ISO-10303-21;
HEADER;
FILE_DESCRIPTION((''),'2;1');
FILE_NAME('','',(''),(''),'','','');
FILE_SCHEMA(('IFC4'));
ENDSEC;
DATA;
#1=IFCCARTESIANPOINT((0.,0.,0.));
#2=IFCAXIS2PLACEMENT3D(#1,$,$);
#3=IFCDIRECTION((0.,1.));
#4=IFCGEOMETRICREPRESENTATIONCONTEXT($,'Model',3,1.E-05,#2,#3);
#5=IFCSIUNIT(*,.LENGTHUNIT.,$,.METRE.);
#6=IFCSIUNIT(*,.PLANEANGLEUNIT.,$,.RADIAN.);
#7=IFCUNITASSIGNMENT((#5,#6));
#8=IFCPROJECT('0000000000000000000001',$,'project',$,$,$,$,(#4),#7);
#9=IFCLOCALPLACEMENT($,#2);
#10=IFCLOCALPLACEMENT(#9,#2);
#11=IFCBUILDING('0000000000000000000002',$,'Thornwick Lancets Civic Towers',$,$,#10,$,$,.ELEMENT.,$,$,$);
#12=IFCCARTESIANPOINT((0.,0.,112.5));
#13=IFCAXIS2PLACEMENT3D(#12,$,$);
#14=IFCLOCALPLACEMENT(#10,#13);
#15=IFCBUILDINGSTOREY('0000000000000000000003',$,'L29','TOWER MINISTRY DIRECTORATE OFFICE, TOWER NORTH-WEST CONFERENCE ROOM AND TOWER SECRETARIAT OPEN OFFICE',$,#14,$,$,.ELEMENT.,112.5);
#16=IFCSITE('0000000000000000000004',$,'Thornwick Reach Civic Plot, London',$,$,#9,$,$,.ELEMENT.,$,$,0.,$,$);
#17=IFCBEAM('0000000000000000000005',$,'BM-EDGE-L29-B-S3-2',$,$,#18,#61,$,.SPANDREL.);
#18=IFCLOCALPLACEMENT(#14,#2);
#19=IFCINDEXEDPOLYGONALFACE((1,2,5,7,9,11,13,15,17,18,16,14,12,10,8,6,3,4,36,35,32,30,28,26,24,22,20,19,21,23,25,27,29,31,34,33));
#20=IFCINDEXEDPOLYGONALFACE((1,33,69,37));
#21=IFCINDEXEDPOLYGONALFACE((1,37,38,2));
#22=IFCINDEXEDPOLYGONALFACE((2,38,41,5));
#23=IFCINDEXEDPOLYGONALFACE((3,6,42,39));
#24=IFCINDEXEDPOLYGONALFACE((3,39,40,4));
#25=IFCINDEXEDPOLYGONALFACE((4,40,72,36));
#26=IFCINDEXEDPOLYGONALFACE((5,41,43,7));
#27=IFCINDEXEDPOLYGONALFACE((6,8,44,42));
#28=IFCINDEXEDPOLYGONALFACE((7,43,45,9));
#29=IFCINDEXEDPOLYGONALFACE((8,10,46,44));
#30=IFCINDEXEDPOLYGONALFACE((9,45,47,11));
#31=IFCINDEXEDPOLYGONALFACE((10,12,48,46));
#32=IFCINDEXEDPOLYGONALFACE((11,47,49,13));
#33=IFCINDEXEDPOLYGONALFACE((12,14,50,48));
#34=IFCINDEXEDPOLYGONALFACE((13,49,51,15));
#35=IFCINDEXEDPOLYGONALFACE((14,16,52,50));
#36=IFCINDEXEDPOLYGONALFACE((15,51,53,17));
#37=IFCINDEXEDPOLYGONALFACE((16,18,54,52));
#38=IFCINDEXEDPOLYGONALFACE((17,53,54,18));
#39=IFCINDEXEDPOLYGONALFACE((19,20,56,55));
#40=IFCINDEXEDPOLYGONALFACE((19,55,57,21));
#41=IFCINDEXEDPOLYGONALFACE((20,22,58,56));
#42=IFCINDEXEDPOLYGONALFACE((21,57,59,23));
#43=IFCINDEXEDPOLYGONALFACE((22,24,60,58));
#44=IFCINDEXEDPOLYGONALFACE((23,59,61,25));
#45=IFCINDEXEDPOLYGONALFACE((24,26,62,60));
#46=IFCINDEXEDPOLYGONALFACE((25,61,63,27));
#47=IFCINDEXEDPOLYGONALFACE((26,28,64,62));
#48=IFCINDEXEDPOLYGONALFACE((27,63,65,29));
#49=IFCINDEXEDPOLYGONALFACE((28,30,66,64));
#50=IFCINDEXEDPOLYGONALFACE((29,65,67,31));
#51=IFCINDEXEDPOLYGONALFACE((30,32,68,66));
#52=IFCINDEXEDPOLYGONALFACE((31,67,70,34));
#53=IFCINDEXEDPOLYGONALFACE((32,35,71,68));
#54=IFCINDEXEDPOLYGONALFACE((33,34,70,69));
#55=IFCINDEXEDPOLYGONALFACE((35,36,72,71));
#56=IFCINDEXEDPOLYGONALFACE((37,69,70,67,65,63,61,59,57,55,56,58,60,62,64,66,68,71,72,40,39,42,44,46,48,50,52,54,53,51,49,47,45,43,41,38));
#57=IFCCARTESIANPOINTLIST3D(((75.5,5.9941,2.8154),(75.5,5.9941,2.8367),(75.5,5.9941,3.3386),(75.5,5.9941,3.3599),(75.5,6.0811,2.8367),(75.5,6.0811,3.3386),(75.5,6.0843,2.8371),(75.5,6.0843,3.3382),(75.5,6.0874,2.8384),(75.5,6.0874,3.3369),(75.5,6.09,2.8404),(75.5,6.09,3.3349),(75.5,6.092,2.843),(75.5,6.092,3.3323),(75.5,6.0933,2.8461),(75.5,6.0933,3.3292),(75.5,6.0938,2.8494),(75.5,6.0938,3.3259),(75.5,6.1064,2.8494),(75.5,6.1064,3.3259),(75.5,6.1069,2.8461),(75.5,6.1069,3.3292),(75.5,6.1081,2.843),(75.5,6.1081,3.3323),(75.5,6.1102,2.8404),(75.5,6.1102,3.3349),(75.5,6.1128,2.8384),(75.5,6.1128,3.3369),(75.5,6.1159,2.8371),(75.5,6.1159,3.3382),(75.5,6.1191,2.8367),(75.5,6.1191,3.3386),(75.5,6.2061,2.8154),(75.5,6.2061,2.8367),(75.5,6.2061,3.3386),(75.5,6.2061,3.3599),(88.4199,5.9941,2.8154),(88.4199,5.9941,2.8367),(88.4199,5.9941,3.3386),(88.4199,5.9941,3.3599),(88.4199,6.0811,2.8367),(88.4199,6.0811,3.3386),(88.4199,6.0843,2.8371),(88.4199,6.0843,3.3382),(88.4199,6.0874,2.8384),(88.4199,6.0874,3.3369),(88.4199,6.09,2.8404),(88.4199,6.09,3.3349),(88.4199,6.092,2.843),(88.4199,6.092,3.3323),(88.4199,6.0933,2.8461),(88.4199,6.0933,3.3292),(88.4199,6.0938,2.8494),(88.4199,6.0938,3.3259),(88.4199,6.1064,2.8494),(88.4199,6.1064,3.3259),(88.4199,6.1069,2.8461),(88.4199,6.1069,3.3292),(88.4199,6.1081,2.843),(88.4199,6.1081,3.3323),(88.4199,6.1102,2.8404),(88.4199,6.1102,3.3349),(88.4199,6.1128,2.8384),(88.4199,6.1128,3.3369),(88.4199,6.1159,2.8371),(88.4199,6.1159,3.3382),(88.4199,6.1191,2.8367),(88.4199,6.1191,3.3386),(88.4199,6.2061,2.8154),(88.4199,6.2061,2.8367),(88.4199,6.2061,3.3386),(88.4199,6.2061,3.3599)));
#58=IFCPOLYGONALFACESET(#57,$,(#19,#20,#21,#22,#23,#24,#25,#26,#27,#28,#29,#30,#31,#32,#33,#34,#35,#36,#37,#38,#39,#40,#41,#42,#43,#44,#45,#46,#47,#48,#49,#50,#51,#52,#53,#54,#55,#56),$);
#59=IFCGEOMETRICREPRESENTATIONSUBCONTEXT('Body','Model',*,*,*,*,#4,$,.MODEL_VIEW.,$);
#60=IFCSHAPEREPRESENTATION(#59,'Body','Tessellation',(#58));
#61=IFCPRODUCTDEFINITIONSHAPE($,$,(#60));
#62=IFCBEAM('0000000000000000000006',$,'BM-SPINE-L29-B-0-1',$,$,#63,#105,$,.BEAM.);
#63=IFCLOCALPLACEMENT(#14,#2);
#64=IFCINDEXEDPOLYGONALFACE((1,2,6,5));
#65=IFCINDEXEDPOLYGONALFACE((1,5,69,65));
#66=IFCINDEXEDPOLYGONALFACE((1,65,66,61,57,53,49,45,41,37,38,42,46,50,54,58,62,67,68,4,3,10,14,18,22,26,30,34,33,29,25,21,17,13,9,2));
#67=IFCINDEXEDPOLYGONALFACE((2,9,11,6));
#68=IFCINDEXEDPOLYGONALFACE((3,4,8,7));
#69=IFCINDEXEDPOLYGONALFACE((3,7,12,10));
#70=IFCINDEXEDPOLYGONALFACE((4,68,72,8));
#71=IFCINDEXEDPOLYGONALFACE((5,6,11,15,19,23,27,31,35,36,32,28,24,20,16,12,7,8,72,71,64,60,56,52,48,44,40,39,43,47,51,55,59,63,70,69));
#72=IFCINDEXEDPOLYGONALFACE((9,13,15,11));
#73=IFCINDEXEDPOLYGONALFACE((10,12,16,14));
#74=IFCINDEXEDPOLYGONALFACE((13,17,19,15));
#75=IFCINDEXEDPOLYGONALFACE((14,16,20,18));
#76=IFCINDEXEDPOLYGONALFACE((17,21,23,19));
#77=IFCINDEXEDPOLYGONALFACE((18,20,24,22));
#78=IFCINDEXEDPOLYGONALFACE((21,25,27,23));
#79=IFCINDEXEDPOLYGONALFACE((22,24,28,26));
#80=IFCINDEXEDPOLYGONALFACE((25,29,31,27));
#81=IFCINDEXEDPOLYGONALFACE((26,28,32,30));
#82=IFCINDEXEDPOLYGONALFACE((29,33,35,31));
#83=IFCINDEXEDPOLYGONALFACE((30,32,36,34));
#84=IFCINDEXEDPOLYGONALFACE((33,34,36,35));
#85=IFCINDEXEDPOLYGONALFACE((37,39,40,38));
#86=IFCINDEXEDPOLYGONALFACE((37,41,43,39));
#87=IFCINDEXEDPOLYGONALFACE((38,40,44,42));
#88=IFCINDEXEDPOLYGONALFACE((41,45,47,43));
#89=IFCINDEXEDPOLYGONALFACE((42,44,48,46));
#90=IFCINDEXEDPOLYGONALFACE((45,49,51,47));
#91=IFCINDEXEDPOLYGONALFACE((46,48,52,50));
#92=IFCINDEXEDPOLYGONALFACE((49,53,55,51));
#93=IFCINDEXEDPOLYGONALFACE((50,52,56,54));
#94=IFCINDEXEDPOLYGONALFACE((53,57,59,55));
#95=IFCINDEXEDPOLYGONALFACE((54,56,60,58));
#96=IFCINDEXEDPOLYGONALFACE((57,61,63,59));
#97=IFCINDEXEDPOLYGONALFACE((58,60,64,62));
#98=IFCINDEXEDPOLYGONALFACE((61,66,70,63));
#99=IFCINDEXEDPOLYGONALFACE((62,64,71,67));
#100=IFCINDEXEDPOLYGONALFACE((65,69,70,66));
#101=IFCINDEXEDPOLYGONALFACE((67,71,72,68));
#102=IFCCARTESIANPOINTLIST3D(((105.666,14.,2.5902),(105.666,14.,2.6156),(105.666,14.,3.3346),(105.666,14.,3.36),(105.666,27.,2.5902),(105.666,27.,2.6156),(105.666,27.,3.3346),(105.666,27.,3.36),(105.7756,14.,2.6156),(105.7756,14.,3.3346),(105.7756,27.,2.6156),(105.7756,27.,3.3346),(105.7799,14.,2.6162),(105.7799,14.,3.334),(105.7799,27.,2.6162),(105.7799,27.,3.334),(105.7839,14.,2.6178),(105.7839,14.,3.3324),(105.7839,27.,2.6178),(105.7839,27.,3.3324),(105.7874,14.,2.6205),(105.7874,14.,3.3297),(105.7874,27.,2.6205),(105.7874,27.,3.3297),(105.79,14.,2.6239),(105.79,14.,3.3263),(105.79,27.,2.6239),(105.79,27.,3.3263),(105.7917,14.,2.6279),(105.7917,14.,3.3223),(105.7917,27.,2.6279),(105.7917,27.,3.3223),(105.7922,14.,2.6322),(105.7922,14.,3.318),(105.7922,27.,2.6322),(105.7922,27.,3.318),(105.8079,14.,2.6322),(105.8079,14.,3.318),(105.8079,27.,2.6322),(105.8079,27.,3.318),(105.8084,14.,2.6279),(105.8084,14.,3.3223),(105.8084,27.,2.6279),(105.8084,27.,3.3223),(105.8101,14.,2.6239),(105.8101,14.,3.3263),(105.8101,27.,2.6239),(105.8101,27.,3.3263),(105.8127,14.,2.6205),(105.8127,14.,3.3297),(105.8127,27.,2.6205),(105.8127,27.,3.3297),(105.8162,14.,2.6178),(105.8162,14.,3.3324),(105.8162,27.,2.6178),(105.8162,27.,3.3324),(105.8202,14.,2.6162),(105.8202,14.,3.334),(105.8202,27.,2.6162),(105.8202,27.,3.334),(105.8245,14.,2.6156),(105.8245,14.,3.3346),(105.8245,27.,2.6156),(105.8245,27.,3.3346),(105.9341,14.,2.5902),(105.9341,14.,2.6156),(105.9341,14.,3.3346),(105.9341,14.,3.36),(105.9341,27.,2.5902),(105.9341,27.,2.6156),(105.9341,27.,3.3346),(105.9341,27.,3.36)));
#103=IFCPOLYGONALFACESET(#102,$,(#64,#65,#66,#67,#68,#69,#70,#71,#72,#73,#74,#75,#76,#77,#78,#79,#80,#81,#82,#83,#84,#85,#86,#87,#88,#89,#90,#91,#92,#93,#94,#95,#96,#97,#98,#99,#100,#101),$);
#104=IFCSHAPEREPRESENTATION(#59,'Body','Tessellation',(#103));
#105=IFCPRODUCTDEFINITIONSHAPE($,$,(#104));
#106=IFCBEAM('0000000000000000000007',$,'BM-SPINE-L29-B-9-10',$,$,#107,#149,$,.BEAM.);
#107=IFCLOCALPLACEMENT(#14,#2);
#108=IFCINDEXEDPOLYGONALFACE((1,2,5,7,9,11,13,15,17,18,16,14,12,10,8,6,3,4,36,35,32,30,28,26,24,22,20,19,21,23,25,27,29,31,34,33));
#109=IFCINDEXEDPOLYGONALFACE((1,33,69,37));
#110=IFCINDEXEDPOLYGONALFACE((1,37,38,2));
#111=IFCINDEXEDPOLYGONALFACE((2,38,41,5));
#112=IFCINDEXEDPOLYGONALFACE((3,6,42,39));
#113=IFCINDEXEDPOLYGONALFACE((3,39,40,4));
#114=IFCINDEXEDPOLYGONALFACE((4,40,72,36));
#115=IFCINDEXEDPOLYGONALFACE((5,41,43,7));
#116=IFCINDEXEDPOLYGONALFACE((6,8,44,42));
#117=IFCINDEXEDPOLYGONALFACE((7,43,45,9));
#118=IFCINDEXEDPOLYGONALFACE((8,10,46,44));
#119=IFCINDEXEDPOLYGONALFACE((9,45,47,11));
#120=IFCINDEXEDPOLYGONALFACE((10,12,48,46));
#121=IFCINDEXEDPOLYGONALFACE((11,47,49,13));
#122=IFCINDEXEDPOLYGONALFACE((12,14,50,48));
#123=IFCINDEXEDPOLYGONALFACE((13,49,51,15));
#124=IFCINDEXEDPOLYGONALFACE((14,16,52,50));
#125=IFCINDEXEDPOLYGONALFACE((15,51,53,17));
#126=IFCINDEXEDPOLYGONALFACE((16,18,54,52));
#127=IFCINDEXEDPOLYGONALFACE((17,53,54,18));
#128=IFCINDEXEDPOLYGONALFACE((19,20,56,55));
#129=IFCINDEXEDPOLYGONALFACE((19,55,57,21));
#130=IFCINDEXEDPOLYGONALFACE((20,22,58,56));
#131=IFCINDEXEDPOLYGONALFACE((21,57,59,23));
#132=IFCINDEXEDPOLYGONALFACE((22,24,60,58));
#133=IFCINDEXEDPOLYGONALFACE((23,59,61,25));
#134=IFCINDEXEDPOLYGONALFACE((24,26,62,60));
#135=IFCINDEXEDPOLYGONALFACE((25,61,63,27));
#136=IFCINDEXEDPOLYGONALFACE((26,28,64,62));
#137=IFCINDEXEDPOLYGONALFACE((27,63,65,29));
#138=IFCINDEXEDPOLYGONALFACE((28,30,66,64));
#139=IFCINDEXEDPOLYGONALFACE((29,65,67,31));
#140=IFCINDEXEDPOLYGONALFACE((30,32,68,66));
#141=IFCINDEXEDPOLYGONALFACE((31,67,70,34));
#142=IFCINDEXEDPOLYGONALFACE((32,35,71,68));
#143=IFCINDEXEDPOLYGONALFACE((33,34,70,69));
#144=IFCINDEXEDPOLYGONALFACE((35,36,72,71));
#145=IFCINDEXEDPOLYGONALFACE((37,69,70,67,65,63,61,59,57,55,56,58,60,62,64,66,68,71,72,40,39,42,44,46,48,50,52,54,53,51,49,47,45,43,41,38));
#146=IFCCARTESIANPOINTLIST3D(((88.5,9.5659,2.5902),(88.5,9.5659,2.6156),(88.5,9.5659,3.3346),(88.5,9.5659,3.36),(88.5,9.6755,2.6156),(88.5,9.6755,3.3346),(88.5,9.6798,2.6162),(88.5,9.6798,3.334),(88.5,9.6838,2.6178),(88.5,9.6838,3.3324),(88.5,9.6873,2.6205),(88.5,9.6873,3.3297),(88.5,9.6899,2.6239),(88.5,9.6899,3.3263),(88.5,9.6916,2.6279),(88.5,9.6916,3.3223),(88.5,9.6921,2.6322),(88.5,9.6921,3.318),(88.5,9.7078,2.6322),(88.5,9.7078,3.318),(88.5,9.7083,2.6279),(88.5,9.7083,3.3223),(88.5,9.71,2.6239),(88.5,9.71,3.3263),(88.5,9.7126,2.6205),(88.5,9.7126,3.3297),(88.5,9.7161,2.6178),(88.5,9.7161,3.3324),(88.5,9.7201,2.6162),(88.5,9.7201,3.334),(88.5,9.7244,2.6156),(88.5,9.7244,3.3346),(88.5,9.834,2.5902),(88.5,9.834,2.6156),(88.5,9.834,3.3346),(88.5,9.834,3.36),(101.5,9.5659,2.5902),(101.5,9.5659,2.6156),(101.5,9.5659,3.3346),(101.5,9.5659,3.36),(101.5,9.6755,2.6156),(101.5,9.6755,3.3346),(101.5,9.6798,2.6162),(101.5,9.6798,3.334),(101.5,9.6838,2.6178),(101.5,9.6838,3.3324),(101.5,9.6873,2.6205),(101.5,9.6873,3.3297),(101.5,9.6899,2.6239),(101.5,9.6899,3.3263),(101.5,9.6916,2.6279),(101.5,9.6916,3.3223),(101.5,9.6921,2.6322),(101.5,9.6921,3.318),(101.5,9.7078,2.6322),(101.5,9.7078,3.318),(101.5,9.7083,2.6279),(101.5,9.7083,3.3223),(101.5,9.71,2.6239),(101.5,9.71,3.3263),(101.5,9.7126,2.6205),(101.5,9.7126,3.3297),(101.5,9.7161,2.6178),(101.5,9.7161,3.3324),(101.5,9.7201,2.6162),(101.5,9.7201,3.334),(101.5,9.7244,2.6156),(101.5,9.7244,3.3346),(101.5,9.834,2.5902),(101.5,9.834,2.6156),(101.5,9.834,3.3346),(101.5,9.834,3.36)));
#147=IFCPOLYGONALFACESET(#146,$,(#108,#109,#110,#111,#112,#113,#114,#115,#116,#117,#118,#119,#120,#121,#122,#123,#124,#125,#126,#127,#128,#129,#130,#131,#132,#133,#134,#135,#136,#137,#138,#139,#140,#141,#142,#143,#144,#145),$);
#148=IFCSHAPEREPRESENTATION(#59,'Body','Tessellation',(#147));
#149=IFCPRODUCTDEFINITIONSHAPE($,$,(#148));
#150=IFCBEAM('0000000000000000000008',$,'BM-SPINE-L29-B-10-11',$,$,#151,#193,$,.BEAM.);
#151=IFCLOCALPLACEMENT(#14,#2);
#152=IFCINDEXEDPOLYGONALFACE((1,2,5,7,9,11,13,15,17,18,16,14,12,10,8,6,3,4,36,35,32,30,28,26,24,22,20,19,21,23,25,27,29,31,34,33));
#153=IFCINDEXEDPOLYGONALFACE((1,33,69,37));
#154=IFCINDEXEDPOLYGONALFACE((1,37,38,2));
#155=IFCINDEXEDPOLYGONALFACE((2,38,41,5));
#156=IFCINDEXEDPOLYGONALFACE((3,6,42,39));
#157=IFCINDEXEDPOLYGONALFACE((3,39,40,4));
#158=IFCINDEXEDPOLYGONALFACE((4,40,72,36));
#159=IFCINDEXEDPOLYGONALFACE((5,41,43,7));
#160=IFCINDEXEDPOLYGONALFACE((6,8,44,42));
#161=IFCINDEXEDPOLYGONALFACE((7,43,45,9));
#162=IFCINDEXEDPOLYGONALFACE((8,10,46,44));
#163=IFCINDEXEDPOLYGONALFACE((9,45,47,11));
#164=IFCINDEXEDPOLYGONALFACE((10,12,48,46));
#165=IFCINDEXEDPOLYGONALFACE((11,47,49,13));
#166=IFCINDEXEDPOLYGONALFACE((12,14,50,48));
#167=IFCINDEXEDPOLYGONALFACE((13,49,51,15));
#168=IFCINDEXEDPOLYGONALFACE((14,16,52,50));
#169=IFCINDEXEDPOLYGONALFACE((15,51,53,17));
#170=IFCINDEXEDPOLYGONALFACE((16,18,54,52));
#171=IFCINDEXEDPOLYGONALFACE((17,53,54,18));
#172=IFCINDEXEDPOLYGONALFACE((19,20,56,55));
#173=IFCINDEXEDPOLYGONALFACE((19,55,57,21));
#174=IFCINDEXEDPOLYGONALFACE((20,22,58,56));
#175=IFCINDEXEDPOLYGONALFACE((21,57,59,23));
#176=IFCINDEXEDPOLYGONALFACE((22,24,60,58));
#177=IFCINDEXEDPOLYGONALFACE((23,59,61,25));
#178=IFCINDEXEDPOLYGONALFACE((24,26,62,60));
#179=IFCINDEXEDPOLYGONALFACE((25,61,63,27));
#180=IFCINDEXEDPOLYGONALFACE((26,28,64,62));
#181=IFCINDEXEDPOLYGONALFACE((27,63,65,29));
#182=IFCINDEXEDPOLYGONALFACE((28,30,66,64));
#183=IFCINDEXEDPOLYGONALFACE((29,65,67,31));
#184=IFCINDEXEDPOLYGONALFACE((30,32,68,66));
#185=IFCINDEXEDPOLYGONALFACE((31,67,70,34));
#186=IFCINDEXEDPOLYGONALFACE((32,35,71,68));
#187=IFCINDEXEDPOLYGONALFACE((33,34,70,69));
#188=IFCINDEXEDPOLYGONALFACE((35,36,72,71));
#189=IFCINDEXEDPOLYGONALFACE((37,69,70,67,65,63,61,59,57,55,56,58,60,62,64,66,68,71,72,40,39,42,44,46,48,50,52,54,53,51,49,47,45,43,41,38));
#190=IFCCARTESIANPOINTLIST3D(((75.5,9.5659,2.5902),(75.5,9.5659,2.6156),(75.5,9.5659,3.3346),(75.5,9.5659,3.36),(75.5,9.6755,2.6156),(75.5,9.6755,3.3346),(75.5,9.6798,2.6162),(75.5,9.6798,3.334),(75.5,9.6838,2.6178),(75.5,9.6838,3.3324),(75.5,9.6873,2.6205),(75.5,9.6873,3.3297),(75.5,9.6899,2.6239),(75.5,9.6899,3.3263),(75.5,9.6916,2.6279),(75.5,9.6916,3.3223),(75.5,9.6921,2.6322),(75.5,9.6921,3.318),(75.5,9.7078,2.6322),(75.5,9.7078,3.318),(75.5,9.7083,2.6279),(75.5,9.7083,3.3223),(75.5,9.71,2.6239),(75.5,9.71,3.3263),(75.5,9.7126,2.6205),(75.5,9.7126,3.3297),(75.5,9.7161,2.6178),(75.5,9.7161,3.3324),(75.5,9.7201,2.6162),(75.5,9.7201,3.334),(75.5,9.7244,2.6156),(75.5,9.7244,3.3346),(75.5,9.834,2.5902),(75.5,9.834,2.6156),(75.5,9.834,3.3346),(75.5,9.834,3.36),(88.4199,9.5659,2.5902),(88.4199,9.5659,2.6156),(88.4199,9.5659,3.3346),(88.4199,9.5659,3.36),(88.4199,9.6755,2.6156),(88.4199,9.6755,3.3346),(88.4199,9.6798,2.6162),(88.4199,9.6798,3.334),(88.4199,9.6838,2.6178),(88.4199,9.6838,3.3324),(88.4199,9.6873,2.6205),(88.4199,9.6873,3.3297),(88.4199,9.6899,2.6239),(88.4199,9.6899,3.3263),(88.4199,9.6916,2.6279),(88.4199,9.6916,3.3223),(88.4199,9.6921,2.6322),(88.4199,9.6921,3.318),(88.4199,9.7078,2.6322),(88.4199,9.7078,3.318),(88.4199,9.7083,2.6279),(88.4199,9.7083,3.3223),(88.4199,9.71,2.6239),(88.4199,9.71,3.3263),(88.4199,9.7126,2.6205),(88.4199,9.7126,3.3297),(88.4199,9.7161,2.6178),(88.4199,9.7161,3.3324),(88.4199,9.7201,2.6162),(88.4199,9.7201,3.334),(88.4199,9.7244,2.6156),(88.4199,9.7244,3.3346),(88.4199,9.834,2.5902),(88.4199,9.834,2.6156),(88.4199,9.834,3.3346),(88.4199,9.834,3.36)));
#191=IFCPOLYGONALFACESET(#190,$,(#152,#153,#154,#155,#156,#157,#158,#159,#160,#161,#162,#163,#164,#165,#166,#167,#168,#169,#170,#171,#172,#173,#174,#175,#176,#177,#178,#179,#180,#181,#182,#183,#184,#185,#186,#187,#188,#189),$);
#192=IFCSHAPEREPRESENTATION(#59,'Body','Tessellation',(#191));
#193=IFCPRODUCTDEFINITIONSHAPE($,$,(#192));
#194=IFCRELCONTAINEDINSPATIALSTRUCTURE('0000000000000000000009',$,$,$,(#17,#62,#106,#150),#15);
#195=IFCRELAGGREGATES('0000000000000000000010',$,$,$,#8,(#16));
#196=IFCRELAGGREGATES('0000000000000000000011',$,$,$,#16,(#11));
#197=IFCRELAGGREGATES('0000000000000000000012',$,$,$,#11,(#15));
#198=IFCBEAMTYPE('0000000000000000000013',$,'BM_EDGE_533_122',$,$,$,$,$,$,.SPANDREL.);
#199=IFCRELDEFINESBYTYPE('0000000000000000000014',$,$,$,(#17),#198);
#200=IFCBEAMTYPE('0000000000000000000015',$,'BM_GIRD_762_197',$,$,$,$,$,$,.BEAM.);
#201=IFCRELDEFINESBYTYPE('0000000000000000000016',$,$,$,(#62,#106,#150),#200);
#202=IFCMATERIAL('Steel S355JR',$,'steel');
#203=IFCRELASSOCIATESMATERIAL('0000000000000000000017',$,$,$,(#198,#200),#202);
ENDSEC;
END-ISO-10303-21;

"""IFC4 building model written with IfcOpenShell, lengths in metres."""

from ifc_helpers import new_model, si_unit, direction, frame, origin, origin_2d, place, context, subcontext, project, spatial, i_section, extrude, material, material_profile, profile_set, type_object, element, save


model = new_model("IFC4")

# Units and contexts
model_context = context("Model", 3, precision=1e-05, world=origin(), true_north=direction((0.0, 1.0)))
body_context = subcontext(model_context, "Body", "Model", "MODEL_VIEW")
ifc_project = project(units=[si_unit("LENGTHUNIT", "METRE"), si_unit("PLANEANGLEUNIT", "RADIAN")], contexts=[model_context])

# Site, building, storey
site_placement = place(None, origin())
site = spatial("IfcSite", under=ifc_project, at=site_placement, Name="Thornwick Reach Civic Plot, London", CompositionType="ELEMENT", RefElevation=0.0)
building_placement = place(site_placement, origin())
building = spatial("IfcBuilding", under=site, at=building_placement, Name="Thornwick Lancets Civic Towers", CompositionType="ELEMENT")
storey_placement = place(building_placement, frame((0.0, 0.0, 112.5)))
storey = spatial("IfcBuildingStorey", under=building, at=storey_placement, Name="L29", Description="TOWER MINISTRY DIRECTORATE OFFICE, TOWER NORTH-WEST CONFERENCE ROOM AND TOWER SECRETARIAT OPEN OFFICE", CompositionType="ELEMENT", Elevation=112.5)

# Beams
ifc_material_1 = material(Name="Steel S355JR", Category="steel")
ifc_material_profile_1 = material_profile(ifc_material_1, i_section(OverallWidth=0.2119, OverallDepth=0.5444, WebThickness=0.0127, FlangeThickness=0.0212, FilletRadius=0.0127, at=origin_2d()), Name="UKB 533x210x122")
ifc_profile_set_1 = profile_set([ifc_material_profile_1], Name="Steel S355JR")
beam_type_1 = type_object("IfcBeamType", Name="BM_EDGE_533_122", PredefinedType="SPANDREL", material=ifc_profile_set_1)
beam_1_placement = place(storey_placement, frame((88.4199, 6.1001, 3.0876), z_axis=(-1.0, 0.0, 0.0), x_axis=(0.0, -1.0, 0.0)))
element("IfcBeam", 1, at=beam_1_placement, inside=storey, type_object=beam_type_1, Name="BM-EDGE-L29-B-S3-2", PredefinedType="SPANDREL", context=body_context, shape_type="SweptSolid", body=[
    extrude(i_section(OverallWidth=0.2119, OverallDepth=0.5444, WebThickness=0.0127, FlangeThickness=0.0212, FilletRadius=0.0127, at=origin_2d()), origin(), (0.0, 0.0, 1.0), 12.9199),
])
ifc_material_profile_2 = material_profile(ifc_material_1, i_section(OverallWidth=0.2681, OverallDepth=0.7698, WebThickness=0.0156, FlangeThickness=0.0254, FilletRadius=0.0166, at=origin_2d()), Name="UKB 762x267x197")
ifc_profile_set_2 = profile_set([ifc_material_profile_2], Name="Steel S355JR")
beam_type_2 = type_object("IfcBeamType", Name="BM_GIRD_762_197", PredefinedType="BEAM", material=ifc_profile_set_2)
for number, where, z_axis, x_axis, name in (
    (2, (105.8, 14.0, 2.9751), (0.0, 1.0, 0.0), (-1.0, 0.0, 0.0), "BM-SPINE-L29-B-0-1"),
    (3, (101.5, 9.7, 2.9751), (-1.0, 0.0, 0.0), (0.0, -1.0, 0.0), "BM-SPINE-L29-B-9-10"),
):
    element("IfcBeam", number, at=place(storey_placement, frame(where, z_axis=z_axis, x_axis=x_axis)), inside=storey, type_object=beam_type_2, Name=name, PredefinedType="BEAM", context=body_context, shape_type="SweptSolid", body=[
        extrude(i_section(OverallWidth=0.2681, OverallDepth=0.7698, WebThickness=0.0156, FlangeThickness=0.0254, FilletRadius=0.0166, at=origin_2d()), origin(), (0.0, 0.0, 1.0), 13.0),
    ])
beam_2_placement = place(storey_placement, frame((88.4199, 9.7, 2.9751), z_axis=(-1.0, 0.0, 0.0), x_axis=(0.0, -1.0, 0.0)))
element("IfcBeam", 4, at=beam_2_placement, inside=storey, type_object=beam_type_2, Name="BM-SPINE-L29-B-10-11", PredefinedType="BEAM", context=body_context, shape_type="SweptSolid", body=[
    extrude(i_section(OverallWidth=0.2681, OverallDepth=0.7698, WebThickness=0.0156, FlangeThickness=0.0254, FilletRadius=0.0166, at=origin_2d()), origin(), (0.0, 0.0, 1.0), 12.9199),
])

save(model, "model.ifc")
